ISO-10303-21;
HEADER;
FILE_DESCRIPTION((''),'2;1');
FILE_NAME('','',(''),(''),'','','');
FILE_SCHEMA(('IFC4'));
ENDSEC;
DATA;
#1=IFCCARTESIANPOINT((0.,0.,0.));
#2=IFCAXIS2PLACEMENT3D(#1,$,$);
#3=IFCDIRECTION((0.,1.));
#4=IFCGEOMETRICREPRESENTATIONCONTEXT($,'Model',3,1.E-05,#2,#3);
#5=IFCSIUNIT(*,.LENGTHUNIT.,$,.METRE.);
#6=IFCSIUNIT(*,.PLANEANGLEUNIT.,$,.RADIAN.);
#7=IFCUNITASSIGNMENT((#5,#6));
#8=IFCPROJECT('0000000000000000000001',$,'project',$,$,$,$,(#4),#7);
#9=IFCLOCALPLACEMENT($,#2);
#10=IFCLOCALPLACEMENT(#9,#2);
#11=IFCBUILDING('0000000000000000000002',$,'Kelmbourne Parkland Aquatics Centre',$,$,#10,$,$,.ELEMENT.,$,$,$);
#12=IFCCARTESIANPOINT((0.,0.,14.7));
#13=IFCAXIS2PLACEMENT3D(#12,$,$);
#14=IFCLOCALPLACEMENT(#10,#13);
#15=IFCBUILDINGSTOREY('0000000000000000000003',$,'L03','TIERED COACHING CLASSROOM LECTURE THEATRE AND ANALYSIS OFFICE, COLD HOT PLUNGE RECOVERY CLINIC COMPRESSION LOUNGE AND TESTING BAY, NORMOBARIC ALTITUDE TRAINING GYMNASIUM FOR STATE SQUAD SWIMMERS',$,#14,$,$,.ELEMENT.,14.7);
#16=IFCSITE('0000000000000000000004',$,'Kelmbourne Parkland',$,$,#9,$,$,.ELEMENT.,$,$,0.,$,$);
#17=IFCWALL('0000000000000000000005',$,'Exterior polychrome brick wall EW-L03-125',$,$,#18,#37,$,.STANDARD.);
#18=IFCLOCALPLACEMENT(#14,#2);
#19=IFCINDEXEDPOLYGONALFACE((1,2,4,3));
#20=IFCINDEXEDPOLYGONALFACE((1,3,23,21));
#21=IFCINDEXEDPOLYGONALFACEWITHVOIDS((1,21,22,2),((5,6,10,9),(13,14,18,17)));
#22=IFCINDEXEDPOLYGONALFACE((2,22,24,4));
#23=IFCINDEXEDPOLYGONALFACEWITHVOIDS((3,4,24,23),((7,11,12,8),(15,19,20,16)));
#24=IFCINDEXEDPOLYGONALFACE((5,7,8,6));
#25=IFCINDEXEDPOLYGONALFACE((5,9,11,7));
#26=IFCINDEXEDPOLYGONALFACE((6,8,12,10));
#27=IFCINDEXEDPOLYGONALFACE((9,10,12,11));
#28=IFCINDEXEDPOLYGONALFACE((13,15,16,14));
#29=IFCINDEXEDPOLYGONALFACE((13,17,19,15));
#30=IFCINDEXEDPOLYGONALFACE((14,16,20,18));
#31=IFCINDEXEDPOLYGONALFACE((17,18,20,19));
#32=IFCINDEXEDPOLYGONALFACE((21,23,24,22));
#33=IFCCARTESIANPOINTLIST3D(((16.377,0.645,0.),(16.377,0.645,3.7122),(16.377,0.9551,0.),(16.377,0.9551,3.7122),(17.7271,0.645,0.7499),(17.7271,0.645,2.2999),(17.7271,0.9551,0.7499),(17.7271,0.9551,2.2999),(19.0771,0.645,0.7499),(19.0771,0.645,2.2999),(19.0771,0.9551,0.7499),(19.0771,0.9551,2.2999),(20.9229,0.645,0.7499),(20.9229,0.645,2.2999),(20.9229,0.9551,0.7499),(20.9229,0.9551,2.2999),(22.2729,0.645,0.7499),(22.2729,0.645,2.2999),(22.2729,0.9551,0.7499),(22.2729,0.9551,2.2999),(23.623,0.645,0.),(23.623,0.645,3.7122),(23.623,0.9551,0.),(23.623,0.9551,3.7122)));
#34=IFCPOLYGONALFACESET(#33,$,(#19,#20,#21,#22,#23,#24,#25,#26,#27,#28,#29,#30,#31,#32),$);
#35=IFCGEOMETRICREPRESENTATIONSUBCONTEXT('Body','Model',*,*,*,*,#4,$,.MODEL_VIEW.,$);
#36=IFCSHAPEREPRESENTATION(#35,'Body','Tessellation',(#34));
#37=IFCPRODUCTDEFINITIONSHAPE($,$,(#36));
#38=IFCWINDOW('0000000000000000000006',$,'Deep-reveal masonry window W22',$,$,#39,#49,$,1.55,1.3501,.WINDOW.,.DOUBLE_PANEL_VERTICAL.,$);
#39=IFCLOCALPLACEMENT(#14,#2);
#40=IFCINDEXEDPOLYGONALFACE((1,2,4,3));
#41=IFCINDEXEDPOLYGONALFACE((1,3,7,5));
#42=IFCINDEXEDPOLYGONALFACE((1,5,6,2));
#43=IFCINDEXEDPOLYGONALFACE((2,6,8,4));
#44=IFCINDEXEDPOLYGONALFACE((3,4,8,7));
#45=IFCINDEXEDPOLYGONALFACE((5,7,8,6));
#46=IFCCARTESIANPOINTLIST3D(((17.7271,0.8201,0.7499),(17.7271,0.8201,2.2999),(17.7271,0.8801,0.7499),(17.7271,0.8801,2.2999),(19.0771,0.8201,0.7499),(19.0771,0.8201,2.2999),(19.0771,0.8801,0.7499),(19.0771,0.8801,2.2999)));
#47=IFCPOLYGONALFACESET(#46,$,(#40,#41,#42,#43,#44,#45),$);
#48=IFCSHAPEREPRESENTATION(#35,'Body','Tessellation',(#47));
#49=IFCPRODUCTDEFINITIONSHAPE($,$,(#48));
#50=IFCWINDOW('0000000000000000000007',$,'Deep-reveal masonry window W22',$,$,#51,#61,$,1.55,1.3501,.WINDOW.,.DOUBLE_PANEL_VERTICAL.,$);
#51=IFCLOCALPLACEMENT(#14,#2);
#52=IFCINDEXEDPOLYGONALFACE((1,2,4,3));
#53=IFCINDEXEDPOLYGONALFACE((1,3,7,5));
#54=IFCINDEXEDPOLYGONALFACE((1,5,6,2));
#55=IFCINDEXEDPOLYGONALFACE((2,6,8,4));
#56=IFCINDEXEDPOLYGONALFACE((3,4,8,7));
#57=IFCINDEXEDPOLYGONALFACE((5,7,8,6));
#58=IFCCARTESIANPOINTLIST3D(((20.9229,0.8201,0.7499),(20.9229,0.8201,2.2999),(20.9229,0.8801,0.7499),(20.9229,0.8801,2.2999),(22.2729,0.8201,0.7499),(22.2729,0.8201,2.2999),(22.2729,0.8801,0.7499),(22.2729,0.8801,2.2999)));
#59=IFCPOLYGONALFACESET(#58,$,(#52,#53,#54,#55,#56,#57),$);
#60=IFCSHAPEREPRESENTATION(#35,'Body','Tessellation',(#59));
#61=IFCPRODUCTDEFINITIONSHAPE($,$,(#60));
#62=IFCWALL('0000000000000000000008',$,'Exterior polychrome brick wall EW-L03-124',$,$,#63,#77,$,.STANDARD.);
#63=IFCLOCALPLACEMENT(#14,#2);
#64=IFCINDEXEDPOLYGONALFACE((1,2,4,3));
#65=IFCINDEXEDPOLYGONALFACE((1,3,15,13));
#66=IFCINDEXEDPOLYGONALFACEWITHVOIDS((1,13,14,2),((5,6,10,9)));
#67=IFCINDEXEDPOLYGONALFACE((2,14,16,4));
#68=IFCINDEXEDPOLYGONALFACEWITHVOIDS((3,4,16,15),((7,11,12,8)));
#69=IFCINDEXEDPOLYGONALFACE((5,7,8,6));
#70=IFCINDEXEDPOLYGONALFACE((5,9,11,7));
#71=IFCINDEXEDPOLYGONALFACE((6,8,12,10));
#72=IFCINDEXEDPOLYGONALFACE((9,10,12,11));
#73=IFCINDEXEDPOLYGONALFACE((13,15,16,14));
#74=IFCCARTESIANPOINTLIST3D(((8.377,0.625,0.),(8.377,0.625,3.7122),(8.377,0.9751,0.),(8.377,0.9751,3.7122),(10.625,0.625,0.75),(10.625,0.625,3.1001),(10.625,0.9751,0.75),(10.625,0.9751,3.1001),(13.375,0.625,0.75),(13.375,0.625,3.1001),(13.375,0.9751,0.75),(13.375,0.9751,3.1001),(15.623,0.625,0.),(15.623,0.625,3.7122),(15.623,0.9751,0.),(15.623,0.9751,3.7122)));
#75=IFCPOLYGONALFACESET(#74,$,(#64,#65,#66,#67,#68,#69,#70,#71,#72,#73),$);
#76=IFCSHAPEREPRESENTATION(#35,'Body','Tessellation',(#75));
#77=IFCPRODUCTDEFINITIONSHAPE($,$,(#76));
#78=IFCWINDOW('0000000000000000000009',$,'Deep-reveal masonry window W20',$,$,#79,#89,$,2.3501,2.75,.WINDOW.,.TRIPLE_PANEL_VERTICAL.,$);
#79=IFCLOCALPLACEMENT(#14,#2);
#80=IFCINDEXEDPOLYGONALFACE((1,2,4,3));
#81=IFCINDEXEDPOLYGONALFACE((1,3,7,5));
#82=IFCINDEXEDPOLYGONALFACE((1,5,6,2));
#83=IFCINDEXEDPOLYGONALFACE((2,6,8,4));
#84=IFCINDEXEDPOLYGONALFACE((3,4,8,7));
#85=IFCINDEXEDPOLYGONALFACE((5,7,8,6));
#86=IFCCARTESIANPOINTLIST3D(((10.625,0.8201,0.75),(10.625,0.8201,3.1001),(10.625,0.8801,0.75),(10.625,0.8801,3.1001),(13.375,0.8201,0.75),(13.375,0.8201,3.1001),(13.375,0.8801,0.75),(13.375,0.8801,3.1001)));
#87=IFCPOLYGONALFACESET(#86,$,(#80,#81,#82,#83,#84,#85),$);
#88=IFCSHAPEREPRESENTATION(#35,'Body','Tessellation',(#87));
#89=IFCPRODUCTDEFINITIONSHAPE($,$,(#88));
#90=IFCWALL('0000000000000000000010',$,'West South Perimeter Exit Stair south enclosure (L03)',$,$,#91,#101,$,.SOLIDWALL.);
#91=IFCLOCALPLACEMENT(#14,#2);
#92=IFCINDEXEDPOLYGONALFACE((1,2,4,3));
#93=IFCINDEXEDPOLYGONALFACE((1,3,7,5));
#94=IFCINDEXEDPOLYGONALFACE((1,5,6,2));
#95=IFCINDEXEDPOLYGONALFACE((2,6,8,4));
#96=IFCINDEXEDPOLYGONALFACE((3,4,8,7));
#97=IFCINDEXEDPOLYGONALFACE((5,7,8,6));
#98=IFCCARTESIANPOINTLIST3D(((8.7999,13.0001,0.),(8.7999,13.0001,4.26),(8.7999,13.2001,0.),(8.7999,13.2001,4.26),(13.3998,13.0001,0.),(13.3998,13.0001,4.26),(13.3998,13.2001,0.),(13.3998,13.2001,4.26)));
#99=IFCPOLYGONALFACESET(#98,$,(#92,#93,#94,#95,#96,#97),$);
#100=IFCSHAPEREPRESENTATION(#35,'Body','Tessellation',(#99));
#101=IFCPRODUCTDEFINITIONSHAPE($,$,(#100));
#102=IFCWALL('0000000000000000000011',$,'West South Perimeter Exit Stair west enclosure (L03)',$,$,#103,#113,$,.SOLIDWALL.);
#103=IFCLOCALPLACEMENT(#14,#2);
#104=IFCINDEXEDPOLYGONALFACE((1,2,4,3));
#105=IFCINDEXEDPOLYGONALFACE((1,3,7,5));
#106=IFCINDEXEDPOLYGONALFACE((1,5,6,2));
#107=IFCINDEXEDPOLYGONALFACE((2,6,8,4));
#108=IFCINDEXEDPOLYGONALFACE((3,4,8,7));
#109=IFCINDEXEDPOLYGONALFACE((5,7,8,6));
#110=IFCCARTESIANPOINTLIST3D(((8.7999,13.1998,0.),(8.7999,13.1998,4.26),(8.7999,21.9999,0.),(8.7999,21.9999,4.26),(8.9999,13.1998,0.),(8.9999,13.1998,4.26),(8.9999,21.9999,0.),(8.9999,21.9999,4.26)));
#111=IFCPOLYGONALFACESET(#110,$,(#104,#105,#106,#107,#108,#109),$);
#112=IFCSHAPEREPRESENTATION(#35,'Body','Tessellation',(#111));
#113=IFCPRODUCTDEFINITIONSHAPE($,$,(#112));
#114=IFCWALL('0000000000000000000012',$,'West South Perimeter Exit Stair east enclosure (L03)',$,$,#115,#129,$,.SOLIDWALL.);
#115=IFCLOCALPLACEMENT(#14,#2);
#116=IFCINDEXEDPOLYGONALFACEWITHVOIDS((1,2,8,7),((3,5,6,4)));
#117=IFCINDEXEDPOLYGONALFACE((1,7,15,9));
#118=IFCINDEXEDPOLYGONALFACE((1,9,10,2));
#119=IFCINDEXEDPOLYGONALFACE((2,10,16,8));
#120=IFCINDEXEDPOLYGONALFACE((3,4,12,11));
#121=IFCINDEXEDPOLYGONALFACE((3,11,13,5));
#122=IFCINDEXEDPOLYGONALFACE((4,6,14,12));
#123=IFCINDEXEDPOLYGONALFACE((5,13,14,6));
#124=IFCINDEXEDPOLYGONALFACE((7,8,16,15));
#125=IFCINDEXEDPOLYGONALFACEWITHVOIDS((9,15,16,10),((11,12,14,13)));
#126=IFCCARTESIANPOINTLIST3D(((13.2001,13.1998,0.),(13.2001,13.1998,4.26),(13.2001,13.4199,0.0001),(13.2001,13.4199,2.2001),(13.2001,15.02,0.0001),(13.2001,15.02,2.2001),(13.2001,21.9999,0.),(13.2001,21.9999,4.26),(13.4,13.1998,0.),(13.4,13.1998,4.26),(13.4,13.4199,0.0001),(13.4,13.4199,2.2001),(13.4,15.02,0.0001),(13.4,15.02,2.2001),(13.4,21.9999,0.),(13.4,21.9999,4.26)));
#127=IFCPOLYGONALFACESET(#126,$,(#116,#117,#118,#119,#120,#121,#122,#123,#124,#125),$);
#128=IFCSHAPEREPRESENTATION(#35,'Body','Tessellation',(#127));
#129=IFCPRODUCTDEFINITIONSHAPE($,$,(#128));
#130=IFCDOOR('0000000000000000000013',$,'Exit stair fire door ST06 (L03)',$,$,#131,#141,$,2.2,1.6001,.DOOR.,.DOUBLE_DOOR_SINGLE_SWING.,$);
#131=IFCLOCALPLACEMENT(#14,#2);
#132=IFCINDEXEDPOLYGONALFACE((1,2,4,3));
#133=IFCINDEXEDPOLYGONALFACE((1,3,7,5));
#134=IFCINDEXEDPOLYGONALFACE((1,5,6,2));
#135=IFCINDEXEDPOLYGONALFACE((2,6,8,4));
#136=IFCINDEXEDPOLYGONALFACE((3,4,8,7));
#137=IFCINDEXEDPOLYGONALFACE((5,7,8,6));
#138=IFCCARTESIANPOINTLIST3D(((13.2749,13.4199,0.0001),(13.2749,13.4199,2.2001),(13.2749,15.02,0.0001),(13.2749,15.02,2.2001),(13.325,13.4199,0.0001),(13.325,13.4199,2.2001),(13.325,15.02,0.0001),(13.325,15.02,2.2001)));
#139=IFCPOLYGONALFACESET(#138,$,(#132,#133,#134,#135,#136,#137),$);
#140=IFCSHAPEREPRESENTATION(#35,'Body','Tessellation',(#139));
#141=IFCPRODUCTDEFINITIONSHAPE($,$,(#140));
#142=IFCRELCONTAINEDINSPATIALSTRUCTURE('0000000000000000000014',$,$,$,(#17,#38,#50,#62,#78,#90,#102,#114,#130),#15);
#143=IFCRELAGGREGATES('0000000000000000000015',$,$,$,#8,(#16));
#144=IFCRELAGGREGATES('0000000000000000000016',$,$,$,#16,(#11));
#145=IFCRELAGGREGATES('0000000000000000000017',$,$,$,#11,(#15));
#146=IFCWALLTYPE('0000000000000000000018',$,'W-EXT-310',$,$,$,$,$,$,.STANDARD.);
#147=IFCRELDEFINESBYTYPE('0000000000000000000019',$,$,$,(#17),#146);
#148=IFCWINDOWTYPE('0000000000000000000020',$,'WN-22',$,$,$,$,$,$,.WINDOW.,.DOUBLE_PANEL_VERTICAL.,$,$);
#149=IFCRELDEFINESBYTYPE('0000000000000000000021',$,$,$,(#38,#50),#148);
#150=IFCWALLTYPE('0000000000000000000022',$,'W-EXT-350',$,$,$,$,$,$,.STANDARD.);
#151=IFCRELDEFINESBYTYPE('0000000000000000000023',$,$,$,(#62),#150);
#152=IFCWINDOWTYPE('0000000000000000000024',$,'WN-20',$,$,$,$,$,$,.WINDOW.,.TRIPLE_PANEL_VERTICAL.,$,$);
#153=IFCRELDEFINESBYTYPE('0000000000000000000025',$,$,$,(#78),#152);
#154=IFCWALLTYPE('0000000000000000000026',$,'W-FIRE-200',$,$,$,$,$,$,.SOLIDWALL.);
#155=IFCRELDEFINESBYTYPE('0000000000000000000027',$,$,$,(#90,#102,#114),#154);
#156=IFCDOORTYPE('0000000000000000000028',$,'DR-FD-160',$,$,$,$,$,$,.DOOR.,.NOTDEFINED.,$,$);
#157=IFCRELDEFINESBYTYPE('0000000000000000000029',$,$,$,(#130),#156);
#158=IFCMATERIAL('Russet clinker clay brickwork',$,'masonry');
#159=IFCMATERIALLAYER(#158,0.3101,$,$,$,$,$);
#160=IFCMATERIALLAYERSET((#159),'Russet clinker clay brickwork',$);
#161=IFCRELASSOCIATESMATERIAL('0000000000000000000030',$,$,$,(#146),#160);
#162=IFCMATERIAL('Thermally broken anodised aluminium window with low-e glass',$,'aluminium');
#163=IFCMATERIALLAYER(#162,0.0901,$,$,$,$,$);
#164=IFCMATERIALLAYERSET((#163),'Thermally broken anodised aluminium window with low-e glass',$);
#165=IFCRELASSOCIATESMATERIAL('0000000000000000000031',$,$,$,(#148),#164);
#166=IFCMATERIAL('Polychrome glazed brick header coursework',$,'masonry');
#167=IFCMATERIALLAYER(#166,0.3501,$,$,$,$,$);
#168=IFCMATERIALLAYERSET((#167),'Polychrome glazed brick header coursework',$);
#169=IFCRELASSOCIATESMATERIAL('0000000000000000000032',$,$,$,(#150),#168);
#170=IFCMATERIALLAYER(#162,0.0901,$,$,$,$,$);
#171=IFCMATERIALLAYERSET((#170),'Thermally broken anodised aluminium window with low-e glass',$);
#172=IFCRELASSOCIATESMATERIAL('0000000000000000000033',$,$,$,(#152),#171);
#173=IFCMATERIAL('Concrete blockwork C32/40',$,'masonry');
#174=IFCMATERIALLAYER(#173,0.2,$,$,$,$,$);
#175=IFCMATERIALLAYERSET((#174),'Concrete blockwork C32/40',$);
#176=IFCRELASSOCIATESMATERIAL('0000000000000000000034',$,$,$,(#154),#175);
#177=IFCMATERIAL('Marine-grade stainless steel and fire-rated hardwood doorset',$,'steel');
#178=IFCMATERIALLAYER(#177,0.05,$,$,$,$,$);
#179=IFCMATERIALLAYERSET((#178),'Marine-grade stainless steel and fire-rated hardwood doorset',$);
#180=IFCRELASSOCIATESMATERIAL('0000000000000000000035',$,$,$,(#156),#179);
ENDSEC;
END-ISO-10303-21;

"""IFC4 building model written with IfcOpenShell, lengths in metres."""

from ifc_helpers import new_model, si_unit, direction, frame, frame_2d, origin, place, context, subcontext, project, spatial, rectangle, extrude, material, layer, layer_set, type_object, element, fill, save


model = new_model("IFC4")

# Units and contexts
model_context = context("Model", 3, precision=1e-05, world=origin(), true_north=direction((0.0, 1.0)))
body_context = subcontext(model_context, "Body", "Model", "MODEL_VIEW")
ifc_project = project(units=[si_unit("LENGTHUNIT", "METRE"), si_unit("PLANEANGLEUNIT", "RADIAN")], contexts=[model_context])

# Site, building, storey
site_placement = place(None, origin())
site = spatial("IfcSite", under=ifc_project, at=site_placement, Name="Kelmbourne Parkland", CompositionType="ELEMENT", RefElevation=0.0)
building_placement = place(site_placement, origin())
building = spatial("IfcBuilding", under=site, at=building_placement, Name="Kelmbourne Parkland Aquatics Centre", CompositionType="ELEMENT")
storey_placement = place(building_placement, frame((0.0, 0.0, 14.7)))
storey = spatial("IfcBuildingStorey", under=building, at=storey_placement, Name="L03", Description="TIERED COACHING CLASSROOM LECTURE THEATRE AND ANALYSIS OFFICE, COLD HOT PLUNGE RECOVERY CLINIC COMPRESSION LOUNGE AND TESTING BAY, NORMOBARIC ALTITUDE TRAINING GYMNASIUM FOR STATE SQUAD SWIMMERS", CompositionType="ELEMENT", Elevation=14.7)

# Wall, openings, windows
ifc_material_1 = material(Name="Russet clinker clay brickwork", Category="masonry")
ifc_layer_1 = layer(ifc_material_1, 0.3101)
ifc_layer_set_1 = layer_set([ifc_layer_1], Name="Russet clinker clay brickwork")
wall_type_1 = type_object("IfcWallType", Name="W-EXT-310", PredefinedType="STANDARD", material=ifc_layer_set_1)
wall_1_placement = place(storey_placement, frame((16.377, 0.8, 0.0), z_axis=(0.0, 0.0, 1.0), x_axis=(1.0, 0.0, 0.0)))
wall_1 = element("IfcWall", 1, at=wall_1_placement, inside=storey, type_object=wall_type_1, Name="Exterior polychrome brick wall EW-L03-125", PredefinedType="STANDARD", context=body_context, shape_type="SweptSolid", body=[
    extrude(rectangle(XDim=7.2461, YDim=0.3101, at=frame_2d((3.623, 0.0))), origin(), (0.0, 0.0, 1.0), 3.7122),
])
opening_1_placement = place(wall_1_placement, frame((1.3501, 0.0, 0.75)))
opening_1 = element("IfcOpeningElement", 2, at=opening_1_placement, cuts=wall_1, PredefinedType="OPENING", context=body_context, shape_type="SweptSolid", body=[
    extrude(rectangle(XDim=1.3501, YDim=1.55, at=frame_2d((0.675, 0.7749))), frame((0.0, 0.167, 0.0), z_axis=(0.0, -1.0, 0.0), x_axis=(1.0, 0.0, 0.0)), (0.0, 0.0, 1.0), 0.334),
])
opening_2_placement = place(wall_1_placement, frame((4.5459, 0.0, 0.75)))
opening_2 = element("IfcOpeningElement", 3, at=opening_2_placement, cuts=wall_1, PredefinedType="OPENING", context=body_context, shape_type="SweptSolid", body=[
    extrude(rectangle(XDim=1.3501, YDim=1.55, at=frame_2d((0.675, 0.7749))), frame((0.0, 0.167, 0.0), z_axis=(0.0, -1.0, 0.0), x_axis=(1.0, 0.0, 0.0)), (0.0, 0.0, 1.0), 0.334),
])
ifc_material_2 = material(Name="Thermally broken anodised aluminium window with low-e glass", Category="aluminium")
ifc_layer_2 = layer(ifc_material_2, 0.0901)
ifc_layer_set_2 = layer_set([ifc_layer_2], Name="Thermally broken anodised aluminium window with low-e glass")
window_type_1 = type_object("IfcWindowType", Name="WN-22", PartitioningType="DOUBLE_PANEL_VERTICAL", PredefinedType="WINDOW", material=ifc_layer_set_2)
window_1_placement = place(opening_1_placement, origin())
window_1 = element("IfcWindow", 4, at=window_1_placement, inside=storey, type_object=window_type_1, Name="Deep-reveal masonry window W22", OverallHeight=1.55, OverallWidth=1.3501, PartitioningType="DOUBLE_PANEL_VERTICAL", PredefinedType="WINDOW", context=body_context, shape_type="SweptSolid", body=[
    extrude(rectangle(XDim=1.3501, YDim=1.55, at=frame_2d((0.675, 0.7749))), frame((0.0, 0.0801, 0.0), z_axis=(0.0, -1.0, 0.0), x_axis=(1.0, 0.0, 0.0)), (0.0, 0.0, 1.0), 0.0601),
])
fill(opening_1, window_1)
window_2_placement = place(opening_2_placement, origin())
window_2 = element("IfcWindow", 5, at=window_2_placement, inside=storey, type_object=window_type_1, Name="Deep-reveal masonry window W22", OverallHeight=1.55, OverallWidth=1.3501, PartitioningType="DOUBLE_PANEL_VERTICAL", PredefinedType="WINDOW", context=body_context, shape_type="SweptSolid", body=[
    extrude(rectangle(XDim=1.3501, YDim=1.55, at=frame_2d((0.675, 0.7749))), frame((0.0, 0.0801, 0.0), z_axis=(0.0, -1.0, 0.0), x_axis=(1.0, 0.0, 0.0)), (0.0, 0.0, 1.0), 0.0601),
])
fill(opening_2, window_2)

# Wall, opening, window
ifc_material_3 = material(Name="Polychrome glazed brick header coursework", Category="masonry")
ifc_layer_3 = layer(ifc_material_3, 0.3501)
ifc_layer_set_3 = layer_set([ifc_layer_3], Name="Polychrome glazed brick header coursework")
wall_type_2 = type_object("IfcWallType", Name="W-EXT-350", PredefinedType="STANDARD", material=ifc_layer_set_3)
wall_2_placement = place(storey_placement, frame((8.377, 0.8, 0.0), z_axis=(0.0, 0.0, 1.0), x_axis=(1.0, 0.0, 0.0)))
wall_2 = element("IfcWall", 6, at=wall_2_placement, inside=storey, type_object=wall_type_2, Name="Exterior polychrome brick wall EW-L03-124", PredefinedType="STANDARD", context=body_context, shape_type="SweptSolid", body=[
    extrude(rectangle(XDim=7.2461, YDim=0.3501, at=frame_2d((3.623, 0.0))), origin(), (0.0, 0.0, 1.0), 3.7122),
])
opening_3_placement = place(wall_2_placement, frame((2.248, 0.0, 0.75)))
opening_3 = element("IfcOpeningElement", 7, at=opening_3_placement, cuts=wall_2, PredefinedType="OPENING", context=body_context, shape_type="SweptSolid", body=[
    extrude(rectangle(XDim=2.75, YDim=2.3501, at=frame_2d((1.375, 1.175))), frame((0.0, 0.187, 0.0), z_axis=(0.0, -1.0, 0.0), x_axis=(1.0, 0.0, 0.0)), (0.0, 0.0, 1.0), 0.374),
])
ifc_layer_4 = layer(ifc_material_2, 0.0901)
ifc_layer_set_4 = layer_set([ifc_layer_4], Name="Thermally broken anodised aluminium window with low-e glass")
window_type_2 = type_object("IfcWindowType", Name="WN-20", PartitioningType="TRIPLE_PANEL_VERTICAL", PredefinedType="WINDOW", material=ifc_layer_set_4)
window_3_placement = place(opening_3_placement, origin())
window_3 = element("IfcWindow", 8, at=window_3_placement, inside=storey, type_object=window_type_2, Name="Deep-reveal masonry window W20", OverallHeight=2.3501, OverallWidth=2.75, PartitioningType="TRIPLE_PANEL_VERTICAL", PredefinedType="WINDOW", context=body_context, shape_type="SweptSolid", body=[
    extrude(rectangle(XDim=2.75, YDim=2.3501, at=frame_2d((1.375, 1.175))), frame((0.0, 0.0801, 0.0), z_axis=(0.0, -1.0, 0.0), x_axis=(1.0, 0.0, 0.0)), (0.0, 0.0, 1.0), 0.0601),
])
fill(opening_3, window_3)

# Walls
ifc_material_4 = material(Name="Concrete blockwork C32/40", Category="masonry")
ifc_layer_5 = layer(ifc_material_4, 0.2)
ifc_layer_set_5 = layer_set([ifc_layer_5], Name="Concrete blockwork C32/40")
wall_type_3 = type_object("IfcWallType", Name="W-FIRE-200", PredefinedType="SOLIDWALL", material=ifc_layer_set_5)
wall_3_placement = place(storey_placement, frame((8.8, 13.1001, 0.0), z_axis=(0.0, 0.0, 1.0), x_axis=(1.0, 0.0, 0.0)))
element("IfcWall", 9, at=wall_3_placement, inside=storey, type_object=wall_type_3, Name="West South Perimeter Exit Stair south enclosure (L03)", PredefinedType="SOLIDWALL", context=body_context, shape_type="SweptSolid", body=[
    extrude(rectangle(XDim=4.5999, YDim=0.2, at=frame_2d((2.2998, 0.0))), origin(), (0.0, 0.0, 1.0), 4.26),
])
wall_4_placement = place(storey_placement, frame((8.8999, 13.2, 0.0), z_axis=(0.0, 0.0, 1.0), x_axis=(0.0, 1.0, 0.0)))
element("IfcWall", 10, at=wall_4_placement, inside=storey, type_object=wall_type_3, Name="West South Perimeter Exit Stair west enclosure (L03)", PredefinedType="SOLIDWALL", context=body_context, shape_type="SweptSolid", body=[
    extrude(rectangle(XDim=8.8, YDim=0.2, at=frame_2d((4.3999, 0.0))), origin(), (0.0, 0.0, 1.0), 4.26),
])

# Wall, opening, door
wall_5_placement = place(storey_placement, frame((13.3, 13.2, 0.0), z_axis=(0.0, 0.0, 1.0), x_axis=(0.0, 1.0, 0.0)))
wall_5 = element("IfcWall", 11, at=wall_5_placement, inside=storey, type_object=wall_type_3, Name="West South Perimeter Exit Stair east enclosure (L03)", PredefinedType="SOLIDWALL", context=body_context, shape_type="SweptSolid", body=[
    extrude(rectangle(XDim=8.8, YDim=0.2, at=frame_2d((4.3999, 0.0))), origin(), (0.0, 0.0, 1.0), 4.26),
])
opening_4_placement = place(wall_5_placement, frame((0.22, 0.0, 0.0)))
opening_4 = element("IfcOpeningElement", 12, at=opening_4_placement, cuts=wall_5, PredefinedType="OPENING", context=body_context, shape_type="SweptSolid", body=[
    extrude(rectangle(XDim=1.6001, YDim=2.2, at=frame_2d((0.8, 1.1001))), frame((0.0, 0.1118, 0.0), z_axis=(0.0, -1.0, 0.0), x_axis=(1.0, 0.0, 0.0)), (0.0, 0.0, 1.0), 0.2239),
])
ifc_material_5 = material(Name="Marine-grade stainless steel and fire-rated hardwood doorset", Category="steel")
ifc_layer_6 = layer(ifc_material_5, 0.05)
ifc_layer_set_6 = layer_set([ifc_layer_6], Name="Marine-grade stainless steel and fire-rated hardwood doorset")
door_type_1 = type_object("IfcDoorType", Name="DR-FD-160", OperationType="NOTDEFINED", PredefinedType="DOOR", material=ifc_layer_set_6)
door_1_placement = place(opening_4_placement, frame((1.6001, 0.0, 0.0), z_axis=(0.0, 0.0, 1.0), x_axis=(-1.0, 0.0, 0.0)))
door_1 = element("IfcDoor", 13, at=door_1_placement, inside=storey, type_object=door_type_1, Name="Exit stair fire door ST06 (L03)", OperationType="DOUBLE_DOOR_SINGLE_SWING", OverallHeight=2.2, OverallWidth=1.6001, PredefinedType="DOOR", context=body_context, shape_type="SweptSolid", body=[
    extrude(rectangle(XDim=1.6001, YDim=2.2, at=frame_2d((0.8, 1.1001))), frame((0.0, 0.0249, 0.0), z_axis=(0.0, -1.0, 0.0), x_axis=(1.0, 0.0, 0.0)), (0.0, 0.0, 1.0), 0.05),
])
fill(opening_4, door_1)

save(model, "model.ifc")
